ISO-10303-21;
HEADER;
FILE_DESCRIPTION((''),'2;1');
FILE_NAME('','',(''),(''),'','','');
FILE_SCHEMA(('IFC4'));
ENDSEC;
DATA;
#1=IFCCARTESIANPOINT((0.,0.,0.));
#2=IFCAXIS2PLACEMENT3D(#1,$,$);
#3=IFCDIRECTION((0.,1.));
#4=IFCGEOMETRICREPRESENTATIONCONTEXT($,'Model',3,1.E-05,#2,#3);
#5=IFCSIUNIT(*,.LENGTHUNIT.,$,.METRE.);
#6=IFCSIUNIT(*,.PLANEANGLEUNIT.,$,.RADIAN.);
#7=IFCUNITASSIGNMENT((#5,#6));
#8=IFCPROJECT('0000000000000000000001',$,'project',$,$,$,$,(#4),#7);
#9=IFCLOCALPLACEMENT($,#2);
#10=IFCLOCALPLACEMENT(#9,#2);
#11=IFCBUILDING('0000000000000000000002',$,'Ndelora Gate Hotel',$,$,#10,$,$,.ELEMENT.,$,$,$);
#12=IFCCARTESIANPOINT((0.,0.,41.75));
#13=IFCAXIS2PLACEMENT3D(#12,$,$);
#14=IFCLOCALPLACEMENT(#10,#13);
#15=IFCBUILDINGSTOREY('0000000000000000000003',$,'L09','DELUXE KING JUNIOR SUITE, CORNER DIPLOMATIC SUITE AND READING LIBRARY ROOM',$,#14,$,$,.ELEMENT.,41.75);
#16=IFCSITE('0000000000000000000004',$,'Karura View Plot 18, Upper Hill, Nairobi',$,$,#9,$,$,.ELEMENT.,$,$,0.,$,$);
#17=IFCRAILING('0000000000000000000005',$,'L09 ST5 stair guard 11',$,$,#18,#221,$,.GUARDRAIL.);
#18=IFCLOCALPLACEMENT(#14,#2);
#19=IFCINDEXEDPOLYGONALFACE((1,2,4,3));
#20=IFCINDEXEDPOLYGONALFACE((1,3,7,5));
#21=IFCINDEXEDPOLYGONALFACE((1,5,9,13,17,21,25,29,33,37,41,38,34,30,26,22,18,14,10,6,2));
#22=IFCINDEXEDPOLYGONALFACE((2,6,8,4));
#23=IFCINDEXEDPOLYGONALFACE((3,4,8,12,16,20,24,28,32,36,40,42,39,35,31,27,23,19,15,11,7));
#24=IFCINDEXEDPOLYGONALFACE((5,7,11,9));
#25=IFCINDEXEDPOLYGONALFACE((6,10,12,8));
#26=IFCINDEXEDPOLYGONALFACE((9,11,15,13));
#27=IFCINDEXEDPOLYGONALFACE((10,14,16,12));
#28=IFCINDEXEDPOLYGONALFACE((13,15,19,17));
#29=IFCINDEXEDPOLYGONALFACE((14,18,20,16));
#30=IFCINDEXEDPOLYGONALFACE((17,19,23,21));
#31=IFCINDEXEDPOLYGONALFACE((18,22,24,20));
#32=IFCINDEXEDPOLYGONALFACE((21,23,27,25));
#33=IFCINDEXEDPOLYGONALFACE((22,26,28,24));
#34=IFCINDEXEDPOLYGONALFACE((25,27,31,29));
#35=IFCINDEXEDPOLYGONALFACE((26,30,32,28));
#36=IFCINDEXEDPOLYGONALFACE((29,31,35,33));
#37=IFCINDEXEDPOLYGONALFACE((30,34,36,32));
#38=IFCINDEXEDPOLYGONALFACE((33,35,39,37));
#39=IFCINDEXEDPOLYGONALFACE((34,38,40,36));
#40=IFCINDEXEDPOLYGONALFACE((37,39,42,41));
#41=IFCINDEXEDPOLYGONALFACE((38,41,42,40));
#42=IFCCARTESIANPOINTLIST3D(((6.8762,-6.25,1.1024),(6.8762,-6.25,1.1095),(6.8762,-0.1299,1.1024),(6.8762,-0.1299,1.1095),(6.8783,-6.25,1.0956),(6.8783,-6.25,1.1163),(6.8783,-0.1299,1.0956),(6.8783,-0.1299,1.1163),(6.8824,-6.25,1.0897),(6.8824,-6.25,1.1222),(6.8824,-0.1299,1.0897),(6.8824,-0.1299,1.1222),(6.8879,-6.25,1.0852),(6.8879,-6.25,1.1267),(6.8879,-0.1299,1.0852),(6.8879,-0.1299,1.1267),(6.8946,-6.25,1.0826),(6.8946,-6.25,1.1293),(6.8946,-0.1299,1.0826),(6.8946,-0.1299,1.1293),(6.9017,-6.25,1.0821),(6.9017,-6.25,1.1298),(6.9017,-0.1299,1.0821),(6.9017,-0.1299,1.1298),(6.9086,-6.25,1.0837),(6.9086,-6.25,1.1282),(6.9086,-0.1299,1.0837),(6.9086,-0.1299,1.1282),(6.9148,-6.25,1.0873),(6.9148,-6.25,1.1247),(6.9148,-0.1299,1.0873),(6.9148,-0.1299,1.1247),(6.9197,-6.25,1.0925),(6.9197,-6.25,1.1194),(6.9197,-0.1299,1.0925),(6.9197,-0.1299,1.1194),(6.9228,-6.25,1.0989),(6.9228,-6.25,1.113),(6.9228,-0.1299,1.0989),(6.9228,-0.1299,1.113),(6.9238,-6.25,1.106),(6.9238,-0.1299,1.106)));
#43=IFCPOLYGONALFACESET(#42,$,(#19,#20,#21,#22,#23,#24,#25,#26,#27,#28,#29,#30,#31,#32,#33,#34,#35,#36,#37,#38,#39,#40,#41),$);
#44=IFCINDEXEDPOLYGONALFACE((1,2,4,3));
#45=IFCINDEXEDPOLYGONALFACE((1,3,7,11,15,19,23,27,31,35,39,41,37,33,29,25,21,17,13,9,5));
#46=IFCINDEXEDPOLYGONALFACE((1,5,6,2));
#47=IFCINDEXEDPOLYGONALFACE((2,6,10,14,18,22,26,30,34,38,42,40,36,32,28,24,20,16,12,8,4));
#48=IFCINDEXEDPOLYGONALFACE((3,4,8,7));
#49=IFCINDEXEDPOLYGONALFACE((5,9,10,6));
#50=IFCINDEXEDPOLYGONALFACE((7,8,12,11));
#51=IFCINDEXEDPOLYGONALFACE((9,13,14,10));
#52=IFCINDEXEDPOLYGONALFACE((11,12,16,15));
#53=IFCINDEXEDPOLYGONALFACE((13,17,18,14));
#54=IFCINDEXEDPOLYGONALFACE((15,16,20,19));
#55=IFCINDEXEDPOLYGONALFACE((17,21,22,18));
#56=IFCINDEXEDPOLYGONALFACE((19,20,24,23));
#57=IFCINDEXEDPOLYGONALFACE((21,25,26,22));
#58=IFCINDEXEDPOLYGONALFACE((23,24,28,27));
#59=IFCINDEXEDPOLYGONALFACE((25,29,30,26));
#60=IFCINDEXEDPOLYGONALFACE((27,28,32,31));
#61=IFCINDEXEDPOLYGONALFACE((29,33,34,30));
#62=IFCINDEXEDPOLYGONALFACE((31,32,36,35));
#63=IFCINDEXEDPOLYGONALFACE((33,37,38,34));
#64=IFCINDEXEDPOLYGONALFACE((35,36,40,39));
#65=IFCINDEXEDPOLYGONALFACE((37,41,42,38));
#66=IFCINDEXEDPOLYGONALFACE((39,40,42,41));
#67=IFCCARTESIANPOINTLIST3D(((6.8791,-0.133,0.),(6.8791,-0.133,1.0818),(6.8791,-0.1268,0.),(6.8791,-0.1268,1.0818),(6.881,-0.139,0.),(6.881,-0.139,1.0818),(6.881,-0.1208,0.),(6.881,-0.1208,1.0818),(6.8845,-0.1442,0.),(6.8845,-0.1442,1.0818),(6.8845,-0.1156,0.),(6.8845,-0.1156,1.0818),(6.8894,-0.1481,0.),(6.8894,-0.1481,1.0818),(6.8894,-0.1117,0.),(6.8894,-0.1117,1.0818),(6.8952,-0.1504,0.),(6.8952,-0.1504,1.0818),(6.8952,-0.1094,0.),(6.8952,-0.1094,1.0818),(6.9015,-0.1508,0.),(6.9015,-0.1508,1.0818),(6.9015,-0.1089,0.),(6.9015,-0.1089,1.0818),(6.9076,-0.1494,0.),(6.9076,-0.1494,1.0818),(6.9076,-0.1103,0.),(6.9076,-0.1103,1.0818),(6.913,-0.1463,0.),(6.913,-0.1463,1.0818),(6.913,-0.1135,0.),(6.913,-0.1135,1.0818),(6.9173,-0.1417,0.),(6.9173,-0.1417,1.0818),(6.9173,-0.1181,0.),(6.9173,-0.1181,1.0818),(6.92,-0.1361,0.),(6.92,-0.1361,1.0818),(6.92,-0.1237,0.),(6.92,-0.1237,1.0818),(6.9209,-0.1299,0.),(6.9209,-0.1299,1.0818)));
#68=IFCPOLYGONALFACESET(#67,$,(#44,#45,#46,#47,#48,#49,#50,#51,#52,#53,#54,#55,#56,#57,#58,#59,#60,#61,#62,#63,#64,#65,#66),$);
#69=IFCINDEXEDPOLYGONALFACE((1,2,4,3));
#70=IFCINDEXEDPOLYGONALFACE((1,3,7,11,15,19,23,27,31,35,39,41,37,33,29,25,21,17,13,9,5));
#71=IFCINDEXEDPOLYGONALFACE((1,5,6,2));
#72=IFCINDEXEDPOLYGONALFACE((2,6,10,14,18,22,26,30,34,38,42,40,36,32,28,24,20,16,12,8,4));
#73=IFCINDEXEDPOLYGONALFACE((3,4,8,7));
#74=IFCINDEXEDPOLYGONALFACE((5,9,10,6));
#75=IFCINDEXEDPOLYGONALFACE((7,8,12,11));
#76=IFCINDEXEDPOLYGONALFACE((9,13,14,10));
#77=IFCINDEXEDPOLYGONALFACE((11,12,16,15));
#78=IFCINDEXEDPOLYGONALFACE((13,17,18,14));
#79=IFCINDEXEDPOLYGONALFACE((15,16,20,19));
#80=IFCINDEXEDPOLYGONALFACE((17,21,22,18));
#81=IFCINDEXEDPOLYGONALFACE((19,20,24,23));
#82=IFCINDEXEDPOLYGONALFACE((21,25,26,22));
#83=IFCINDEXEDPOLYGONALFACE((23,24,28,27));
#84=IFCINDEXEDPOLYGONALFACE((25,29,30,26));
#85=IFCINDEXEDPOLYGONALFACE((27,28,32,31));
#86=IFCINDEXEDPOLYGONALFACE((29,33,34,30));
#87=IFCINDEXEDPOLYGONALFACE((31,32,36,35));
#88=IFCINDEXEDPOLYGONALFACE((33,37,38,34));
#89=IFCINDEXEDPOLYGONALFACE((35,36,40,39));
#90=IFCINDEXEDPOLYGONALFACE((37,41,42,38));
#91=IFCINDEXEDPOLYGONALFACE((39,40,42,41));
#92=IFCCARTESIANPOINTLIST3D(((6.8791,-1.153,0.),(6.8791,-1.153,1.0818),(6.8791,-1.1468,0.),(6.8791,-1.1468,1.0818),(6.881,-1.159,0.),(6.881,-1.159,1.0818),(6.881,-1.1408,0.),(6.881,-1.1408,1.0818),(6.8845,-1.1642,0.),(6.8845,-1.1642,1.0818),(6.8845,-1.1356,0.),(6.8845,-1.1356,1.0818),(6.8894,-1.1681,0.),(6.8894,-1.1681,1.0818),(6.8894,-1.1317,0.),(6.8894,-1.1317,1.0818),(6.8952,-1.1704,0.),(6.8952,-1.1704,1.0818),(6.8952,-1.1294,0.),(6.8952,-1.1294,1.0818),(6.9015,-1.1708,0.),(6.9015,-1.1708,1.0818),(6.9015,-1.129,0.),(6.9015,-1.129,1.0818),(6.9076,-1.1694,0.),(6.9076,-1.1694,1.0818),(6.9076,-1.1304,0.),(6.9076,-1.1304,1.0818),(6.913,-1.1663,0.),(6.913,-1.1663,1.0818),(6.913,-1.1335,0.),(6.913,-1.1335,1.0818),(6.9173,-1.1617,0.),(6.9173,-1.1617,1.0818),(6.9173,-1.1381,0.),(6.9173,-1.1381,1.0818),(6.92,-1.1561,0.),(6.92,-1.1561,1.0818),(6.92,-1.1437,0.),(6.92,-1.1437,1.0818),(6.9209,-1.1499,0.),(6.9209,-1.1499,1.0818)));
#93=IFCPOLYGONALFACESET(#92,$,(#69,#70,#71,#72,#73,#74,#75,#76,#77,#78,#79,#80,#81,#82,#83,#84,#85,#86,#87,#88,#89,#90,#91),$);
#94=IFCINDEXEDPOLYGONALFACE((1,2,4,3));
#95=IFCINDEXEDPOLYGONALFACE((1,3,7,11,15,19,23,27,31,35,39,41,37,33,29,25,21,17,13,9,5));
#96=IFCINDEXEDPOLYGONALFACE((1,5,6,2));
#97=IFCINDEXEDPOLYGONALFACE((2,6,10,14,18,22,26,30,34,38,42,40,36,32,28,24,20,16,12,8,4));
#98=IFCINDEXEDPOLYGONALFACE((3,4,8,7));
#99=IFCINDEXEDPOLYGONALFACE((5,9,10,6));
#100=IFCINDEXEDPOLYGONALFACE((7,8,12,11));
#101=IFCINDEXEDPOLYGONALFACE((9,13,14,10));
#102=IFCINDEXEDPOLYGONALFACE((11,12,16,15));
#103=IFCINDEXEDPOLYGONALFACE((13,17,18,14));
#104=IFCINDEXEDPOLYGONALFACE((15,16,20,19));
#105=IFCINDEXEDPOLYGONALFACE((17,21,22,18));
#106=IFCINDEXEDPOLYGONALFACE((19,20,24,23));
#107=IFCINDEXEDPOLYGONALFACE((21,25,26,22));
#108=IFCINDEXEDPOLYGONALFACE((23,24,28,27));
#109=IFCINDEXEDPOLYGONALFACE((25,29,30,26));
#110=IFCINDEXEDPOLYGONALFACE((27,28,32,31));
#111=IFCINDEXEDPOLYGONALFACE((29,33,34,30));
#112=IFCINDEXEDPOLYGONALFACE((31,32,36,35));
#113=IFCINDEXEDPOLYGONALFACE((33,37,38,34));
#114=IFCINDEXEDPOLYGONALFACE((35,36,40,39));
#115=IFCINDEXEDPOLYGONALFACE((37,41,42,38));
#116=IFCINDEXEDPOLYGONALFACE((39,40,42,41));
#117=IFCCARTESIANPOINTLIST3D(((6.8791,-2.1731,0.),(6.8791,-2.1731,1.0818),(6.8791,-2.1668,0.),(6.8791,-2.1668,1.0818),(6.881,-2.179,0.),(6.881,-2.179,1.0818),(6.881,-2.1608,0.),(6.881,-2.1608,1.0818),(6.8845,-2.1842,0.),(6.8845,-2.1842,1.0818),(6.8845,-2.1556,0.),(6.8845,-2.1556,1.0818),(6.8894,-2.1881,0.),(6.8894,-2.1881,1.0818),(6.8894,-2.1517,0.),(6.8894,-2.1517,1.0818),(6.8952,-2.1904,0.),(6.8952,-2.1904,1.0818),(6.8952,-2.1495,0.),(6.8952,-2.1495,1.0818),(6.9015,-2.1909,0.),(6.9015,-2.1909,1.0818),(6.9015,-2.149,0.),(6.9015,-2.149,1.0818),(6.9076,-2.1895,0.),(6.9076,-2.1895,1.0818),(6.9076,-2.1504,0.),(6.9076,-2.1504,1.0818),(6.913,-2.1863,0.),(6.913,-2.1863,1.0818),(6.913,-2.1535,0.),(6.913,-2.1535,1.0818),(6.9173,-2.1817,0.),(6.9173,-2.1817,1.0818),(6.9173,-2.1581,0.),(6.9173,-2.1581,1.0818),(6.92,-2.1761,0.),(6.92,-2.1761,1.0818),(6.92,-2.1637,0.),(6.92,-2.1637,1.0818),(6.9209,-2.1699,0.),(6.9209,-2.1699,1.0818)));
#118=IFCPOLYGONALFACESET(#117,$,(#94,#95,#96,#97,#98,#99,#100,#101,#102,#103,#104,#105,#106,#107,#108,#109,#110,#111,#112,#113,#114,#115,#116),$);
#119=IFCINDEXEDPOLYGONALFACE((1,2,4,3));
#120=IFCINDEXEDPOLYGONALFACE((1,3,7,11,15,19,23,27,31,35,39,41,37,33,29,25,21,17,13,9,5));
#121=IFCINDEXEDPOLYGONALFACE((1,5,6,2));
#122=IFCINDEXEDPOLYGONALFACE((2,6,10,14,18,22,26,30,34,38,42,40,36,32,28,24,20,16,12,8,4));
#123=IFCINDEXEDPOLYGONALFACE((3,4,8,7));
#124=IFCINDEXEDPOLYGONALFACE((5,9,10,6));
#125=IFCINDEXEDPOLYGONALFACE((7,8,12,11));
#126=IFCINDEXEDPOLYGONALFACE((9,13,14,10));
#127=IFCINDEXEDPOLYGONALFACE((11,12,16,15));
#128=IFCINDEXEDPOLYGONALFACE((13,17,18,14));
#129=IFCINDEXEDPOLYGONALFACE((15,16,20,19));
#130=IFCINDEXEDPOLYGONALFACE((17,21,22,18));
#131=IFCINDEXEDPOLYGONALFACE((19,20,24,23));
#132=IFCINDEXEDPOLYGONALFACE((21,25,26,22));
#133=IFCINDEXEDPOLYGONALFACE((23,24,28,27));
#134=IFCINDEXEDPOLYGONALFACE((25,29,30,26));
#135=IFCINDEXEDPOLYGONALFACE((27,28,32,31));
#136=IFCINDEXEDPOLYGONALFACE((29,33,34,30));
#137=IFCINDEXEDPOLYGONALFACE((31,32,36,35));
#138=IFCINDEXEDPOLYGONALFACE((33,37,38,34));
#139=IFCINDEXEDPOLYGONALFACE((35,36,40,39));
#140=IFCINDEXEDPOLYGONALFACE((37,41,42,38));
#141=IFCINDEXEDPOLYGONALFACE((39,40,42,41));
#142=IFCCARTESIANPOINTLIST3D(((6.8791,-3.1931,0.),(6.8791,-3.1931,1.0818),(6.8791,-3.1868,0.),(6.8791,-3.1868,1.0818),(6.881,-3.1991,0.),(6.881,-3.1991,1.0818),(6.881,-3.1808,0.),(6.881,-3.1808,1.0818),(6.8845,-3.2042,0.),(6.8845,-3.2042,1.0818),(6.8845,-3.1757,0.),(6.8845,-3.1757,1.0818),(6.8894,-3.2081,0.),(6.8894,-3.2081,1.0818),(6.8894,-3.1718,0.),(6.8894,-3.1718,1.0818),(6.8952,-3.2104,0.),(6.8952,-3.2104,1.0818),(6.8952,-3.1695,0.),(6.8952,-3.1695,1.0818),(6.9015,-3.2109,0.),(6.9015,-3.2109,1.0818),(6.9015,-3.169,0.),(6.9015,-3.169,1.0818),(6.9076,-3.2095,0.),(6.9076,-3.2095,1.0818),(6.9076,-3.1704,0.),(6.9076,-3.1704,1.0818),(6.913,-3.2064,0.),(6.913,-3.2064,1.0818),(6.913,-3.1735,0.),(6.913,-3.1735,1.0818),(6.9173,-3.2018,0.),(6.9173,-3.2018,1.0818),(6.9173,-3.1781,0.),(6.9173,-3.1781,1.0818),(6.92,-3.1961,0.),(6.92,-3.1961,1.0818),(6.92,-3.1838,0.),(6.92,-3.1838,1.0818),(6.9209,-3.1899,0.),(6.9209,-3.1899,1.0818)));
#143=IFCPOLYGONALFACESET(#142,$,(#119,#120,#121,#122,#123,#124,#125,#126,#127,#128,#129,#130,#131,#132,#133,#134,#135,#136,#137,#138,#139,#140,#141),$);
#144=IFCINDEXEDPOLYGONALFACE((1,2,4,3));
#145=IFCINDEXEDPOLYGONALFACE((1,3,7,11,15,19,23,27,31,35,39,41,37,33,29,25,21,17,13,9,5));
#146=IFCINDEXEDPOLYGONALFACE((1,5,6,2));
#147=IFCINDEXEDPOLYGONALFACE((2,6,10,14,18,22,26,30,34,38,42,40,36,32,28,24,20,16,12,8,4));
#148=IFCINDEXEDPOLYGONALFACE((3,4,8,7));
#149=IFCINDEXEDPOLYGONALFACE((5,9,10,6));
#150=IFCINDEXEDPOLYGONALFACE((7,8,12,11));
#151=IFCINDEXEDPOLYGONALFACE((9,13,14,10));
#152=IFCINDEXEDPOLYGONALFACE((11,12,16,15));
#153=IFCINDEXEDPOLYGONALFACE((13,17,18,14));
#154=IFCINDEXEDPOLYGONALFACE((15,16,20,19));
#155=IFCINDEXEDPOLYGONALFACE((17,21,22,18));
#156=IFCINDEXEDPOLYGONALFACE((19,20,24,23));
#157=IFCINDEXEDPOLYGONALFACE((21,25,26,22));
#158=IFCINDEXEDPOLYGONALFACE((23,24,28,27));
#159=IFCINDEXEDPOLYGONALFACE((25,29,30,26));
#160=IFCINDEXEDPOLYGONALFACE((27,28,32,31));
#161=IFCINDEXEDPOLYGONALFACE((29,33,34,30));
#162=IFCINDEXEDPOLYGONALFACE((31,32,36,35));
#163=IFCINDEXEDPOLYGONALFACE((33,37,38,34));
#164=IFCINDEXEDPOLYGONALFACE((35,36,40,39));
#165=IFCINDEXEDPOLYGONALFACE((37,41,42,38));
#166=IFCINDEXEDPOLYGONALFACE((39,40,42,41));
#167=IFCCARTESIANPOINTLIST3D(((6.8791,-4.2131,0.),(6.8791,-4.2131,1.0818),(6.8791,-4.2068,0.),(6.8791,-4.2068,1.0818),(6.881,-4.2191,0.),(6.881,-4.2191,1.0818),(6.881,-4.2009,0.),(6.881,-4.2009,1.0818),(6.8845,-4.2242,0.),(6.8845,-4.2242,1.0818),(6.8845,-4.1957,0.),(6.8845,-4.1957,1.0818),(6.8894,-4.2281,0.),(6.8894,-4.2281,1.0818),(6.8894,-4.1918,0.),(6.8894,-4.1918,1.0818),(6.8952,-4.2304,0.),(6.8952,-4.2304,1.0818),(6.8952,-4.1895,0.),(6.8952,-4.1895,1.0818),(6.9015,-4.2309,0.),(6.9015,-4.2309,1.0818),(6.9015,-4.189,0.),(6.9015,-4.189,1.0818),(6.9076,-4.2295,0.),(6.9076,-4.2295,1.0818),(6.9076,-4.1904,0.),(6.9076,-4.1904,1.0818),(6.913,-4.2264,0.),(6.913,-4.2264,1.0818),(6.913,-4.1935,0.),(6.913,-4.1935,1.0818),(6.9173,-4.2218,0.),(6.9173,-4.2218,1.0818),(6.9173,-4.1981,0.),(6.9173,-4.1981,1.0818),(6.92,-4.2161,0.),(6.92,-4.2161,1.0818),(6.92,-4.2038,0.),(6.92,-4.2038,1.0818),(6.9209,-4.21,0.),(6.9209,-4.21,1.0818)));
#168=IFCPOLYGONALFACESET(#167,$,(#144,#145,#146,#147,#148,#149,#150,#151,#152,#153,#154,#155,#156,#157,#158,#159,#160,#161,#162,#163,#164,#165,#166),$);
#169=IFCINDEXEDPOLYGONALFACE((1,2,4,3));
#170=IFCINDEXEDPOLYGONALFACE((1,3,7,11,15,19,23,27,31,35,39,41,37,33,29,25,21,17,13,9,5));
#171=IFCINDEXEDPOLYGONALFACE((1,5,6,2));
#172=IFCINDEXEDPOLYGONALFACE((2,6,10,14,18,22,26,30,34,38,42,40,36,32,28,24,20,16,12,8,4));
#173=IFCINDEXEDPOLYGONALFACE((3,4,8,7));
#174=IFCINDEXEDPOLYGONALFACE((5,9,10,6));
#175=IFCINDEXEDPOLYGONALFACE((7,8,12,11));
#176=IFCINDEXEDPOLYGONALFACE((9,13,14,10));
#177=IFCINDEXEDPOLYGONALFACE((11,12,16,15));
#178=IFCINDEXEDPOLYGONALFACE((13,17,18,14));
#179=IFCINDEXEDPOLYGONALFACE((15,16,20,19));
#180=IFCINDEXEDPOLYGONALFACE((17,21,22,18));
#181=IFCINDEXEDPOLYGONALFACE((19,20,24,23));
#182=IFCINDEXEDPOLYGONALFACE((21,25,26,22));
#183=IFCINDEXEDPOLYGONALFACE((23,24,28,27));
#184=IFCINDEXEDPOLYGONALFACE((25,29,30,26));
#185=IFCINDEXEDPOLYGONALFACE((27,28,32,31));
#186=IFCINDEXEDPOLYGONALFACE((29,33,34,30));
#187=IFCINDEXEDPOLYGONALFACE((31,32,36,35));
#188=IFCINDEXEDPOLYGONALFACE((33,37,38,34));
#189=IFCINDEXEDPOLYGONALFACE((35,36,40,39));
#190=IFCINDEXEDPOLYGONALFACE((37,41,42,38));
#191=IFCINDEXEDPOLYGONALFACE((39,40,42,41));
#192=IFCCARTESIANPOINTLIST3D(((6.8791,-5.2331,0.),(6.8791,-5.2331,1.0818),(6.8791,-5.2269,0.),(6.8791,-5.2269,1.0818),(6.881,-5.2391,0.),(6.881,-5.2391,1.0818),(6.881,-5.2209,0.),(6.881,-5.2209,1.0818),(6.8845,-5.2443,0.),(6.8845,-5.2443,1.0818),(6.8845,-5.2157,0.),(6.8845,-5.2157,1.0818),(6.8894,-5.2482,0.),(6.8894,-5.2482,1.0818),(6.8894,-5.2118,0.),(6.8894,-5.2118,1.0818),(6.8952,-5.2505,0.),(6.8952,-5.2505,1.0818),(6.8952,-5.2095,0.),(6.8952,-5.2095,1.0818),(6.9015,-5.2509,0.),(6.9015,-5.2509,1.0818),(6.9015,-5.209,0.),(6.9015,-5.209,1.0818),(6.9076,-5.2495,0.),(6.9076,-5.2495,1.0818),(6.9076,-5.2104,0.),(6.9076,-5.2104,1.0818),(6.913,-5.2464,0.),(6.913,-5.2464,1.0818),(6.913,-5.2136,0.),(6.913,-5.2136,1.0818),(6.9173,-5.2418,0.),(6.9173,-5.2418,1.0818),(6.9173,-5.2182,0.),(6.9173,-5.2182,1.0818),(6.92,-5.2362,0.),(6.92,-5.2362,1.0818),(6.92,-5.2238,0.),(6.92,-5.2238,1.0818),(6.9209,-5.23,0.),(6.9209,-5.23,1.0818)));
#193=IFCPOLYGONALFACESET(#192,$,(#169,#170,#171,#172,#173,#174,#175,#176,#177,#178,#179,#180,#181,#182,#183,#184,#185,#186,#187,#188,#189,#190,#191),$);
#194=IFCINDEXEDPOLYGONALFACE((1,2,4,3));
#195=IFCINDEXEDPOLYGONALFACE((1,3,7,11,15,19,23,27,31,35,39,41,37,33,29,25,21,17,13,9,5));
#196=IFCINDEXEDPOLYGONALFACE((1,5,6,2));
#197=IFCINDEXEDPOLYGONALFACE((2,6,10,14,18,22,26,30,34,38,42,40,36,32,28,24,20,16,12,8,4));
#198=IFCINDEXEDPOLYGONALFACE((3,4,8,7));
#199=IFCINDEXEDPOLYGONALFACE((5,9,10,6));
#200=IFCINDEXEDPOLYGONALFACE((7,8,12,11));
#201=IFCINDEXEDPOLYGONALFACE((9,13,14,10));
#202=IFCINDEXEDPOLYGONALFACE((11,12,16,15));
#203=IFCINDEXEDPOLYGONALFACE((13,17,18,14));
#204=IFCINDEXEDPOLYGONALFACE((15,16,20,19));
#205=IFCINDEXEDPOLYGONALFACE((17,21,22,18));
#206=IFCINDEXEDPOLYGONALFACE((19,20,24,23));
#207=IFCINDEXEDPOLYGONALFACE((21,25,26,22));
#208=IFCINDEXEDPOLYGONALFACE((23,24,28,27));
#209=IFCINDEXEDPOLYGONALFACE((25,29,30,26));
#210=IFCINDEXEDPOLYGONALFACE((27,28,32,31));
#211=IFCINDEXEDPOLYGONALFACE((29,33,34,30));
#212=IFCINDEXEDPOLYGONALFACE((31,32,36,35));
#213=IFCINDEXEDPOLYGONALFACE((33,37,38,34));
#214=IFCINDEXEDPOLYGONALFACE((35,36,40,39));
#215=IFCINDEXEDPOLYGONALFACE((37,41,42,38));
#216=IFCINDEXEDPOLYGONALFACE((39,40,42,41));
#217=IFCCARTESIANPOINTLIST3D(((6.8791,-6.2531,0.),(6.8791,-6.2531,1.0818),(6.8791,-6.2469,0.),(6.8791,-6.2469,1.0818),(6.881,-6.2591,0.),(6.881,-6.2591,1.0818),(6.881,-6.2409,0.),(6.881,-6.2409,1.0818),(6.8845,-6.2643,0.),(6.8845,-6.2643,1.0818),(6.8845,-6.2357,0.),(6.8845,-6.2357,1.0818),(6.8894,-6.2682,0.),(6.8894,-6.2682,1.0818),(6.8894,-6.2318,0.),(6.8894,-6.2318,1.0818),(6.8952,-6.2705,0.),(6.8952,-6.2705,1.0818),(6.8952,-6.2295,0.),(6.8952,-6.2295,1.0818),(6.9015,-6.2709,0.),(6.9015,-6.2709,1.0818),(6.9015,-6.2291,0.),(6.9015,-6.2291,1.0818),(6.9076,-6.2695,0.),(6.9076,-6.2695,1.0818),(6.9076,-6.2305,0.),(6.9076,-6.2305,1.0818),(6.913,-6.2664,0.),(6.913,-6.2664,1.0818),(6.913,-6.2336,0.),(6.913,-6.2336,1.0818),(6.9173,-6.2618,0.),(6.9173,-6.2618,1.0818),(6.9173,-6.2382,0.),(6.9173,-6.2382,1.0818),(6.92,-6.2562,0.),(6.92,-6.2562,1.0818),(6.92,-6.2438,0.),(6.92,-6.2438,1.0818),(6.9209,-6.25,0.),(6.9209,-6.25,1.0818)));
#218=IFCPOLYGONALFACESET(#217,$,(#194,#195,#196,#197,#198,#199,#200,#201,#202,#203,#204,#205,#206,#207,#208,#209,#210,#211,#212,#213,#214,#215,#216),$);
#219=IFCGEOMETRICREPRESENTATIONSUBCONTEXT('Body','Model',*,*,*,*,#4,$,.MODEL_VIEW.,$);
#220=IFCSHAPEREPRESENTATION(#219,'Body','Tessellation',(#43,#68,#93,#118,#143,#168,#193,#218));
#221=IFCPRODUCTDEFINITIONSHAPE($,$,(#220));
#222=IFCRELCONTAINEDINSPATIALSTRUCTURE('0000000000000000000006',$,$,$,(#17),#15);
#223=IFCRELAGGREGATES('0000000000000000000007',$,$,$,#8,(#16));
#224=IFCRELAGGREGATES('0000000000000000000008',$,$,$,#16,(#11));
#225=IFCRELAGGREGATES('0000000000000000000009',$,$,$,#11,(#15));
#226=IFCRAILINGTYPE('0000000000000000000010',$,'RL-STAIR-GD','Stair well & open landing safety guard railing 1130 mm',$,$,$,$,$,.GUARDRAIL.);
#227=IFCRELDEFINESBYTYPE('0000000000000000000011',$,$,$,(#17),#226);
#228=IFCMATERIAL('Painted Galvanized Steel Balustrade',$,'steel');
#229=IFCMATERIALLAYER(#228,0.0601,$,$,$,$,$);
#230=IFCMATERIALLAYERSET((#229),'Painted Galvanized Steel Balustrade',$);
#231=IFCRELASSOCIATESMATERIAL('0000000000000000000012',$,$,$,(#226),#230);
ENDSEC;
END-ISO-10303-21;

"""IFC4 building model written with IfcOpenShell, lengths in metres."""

from ifc_helpers import new_model, si_unit, direction, frame, origin, origin_2d, place, context, subcontext, project, spatial, circle, extrude, material, layer, layer_set, type_object, element, save


model = new_model("IFC4")

# Units and contexts
model_context = context("Model", 3, precision=1e-05, world=origin(), true_north=direction((0.0, 1.0)))
body_context = subcontext(model_context, "Body", "Model", "MODEL_VIEW")
ifc_project = project(units=[si_unit("LENGTHUNIT", "METRE"), si_unit("PLANEANGLEUNIT", "RADIAN")], contexts=[model_context])

# Site, building, storey
site_placement = place(None, origin())
site = spatial("IfcSite", under=ifc_project, at=site_placement, Name="Karura View Plot 18, Upper Hill, Nairobi", CompositionType="ELEMENT", RefElevation=0.0)
building_placement = place(site_placement, origin())
building = spatial("IfcBuilding", under=site, at=building_placement, Name="Ndelora Gate Hotel", CompositionType="ELEMENT")
storey_placement = place(building_placement, frame((0.0, 0.0, 41.75)))
storey = spatial("IfcBuildingStorey", under=building, at=storey_placement, Name="L09", Description="DELUXE KING JUNIOR SUITE, CORNER DIPLOMATIC SUITE AND READING LIBRARY ROOM", CompositionType="ELEMENT", Elevation=41.75)

# Railing
ifc_material_1 = material(Name="Painted Galvanized Steel Balustrade", Category="steel")
ifc_layer_1 = layer(ifc_material_1, 0.0601)
ifc_layer_set_1 = layer_set([ifc_layer_1], Name="Painted Galvanized Steel Balustrade")
railing_type_1 = type_object("IfcRailingType", Name="RL-STAIR-GD", Description="Stair well & open landing safety guard railing 1130 mm", PredefinedType="GUARDRAIL", material=ifc_layer_set_1)
railing_1_placement = place(storey_placement, frame((6.8999, -0.1299, 0.0)))
element("IfcRailing", 1, at=railing_1_placement, inside=storey, type_object=railing_type_1, Name="L09 ST5 stair guard 11", PredefinedType="GUARDRAIL", context=body_context, shape_type="SweptSolid", body=[
    extrude(circle(Radius=0.0239, at=origin_2d()), frame((0.0, 0.0, 1.106), z_axis=(0.0, -1.0, 0.0), x_axis=(1.0, 0.0, 0.0)), (0.0, 0.0, 1.0), 6.1201),
    extrude(circle(Radius=0.021, at=origin_2d()), origin(), (0.0, 0.0, 1.0), 1.0818),
    extrude(circle(Radius=0.021, at=origin_2d()), frame((0.0, -1.02, 0.0)), (0.0, 0.0, 1.0), 1.0818),
    extrude(circle(Radius=0.021, at=origin_2d()), frame((0.0, -2.04, 0.0)), (0.0, 0.0, 1.0), 1.0818),
    extrude(circle(Radius=0.021, at=origin_2d()), frame((0.0, -3.0601, 0.0)), (0.0, 0.0, 1.0), 1.0818),
    extrude(circle(Radius=0.021, at=origin_2d()), frame((0.0, -4.0801, 0.0)), (0.0, 0.0, 1.0), 1.0818),
    extrude(circle(Radius=0.021, at=origin_2d()), frame((0.0, -5.1001, 0.0)), (0.0, 0.0, 1.0), 1.0818),
    extrude(circle(Radius=0.021, at=origin_2d()), frame((0.0, -6.1201, 0.0)), (0.0, 0.0, 1.0), 1.0818),
])

save(model, "model.ifc")
